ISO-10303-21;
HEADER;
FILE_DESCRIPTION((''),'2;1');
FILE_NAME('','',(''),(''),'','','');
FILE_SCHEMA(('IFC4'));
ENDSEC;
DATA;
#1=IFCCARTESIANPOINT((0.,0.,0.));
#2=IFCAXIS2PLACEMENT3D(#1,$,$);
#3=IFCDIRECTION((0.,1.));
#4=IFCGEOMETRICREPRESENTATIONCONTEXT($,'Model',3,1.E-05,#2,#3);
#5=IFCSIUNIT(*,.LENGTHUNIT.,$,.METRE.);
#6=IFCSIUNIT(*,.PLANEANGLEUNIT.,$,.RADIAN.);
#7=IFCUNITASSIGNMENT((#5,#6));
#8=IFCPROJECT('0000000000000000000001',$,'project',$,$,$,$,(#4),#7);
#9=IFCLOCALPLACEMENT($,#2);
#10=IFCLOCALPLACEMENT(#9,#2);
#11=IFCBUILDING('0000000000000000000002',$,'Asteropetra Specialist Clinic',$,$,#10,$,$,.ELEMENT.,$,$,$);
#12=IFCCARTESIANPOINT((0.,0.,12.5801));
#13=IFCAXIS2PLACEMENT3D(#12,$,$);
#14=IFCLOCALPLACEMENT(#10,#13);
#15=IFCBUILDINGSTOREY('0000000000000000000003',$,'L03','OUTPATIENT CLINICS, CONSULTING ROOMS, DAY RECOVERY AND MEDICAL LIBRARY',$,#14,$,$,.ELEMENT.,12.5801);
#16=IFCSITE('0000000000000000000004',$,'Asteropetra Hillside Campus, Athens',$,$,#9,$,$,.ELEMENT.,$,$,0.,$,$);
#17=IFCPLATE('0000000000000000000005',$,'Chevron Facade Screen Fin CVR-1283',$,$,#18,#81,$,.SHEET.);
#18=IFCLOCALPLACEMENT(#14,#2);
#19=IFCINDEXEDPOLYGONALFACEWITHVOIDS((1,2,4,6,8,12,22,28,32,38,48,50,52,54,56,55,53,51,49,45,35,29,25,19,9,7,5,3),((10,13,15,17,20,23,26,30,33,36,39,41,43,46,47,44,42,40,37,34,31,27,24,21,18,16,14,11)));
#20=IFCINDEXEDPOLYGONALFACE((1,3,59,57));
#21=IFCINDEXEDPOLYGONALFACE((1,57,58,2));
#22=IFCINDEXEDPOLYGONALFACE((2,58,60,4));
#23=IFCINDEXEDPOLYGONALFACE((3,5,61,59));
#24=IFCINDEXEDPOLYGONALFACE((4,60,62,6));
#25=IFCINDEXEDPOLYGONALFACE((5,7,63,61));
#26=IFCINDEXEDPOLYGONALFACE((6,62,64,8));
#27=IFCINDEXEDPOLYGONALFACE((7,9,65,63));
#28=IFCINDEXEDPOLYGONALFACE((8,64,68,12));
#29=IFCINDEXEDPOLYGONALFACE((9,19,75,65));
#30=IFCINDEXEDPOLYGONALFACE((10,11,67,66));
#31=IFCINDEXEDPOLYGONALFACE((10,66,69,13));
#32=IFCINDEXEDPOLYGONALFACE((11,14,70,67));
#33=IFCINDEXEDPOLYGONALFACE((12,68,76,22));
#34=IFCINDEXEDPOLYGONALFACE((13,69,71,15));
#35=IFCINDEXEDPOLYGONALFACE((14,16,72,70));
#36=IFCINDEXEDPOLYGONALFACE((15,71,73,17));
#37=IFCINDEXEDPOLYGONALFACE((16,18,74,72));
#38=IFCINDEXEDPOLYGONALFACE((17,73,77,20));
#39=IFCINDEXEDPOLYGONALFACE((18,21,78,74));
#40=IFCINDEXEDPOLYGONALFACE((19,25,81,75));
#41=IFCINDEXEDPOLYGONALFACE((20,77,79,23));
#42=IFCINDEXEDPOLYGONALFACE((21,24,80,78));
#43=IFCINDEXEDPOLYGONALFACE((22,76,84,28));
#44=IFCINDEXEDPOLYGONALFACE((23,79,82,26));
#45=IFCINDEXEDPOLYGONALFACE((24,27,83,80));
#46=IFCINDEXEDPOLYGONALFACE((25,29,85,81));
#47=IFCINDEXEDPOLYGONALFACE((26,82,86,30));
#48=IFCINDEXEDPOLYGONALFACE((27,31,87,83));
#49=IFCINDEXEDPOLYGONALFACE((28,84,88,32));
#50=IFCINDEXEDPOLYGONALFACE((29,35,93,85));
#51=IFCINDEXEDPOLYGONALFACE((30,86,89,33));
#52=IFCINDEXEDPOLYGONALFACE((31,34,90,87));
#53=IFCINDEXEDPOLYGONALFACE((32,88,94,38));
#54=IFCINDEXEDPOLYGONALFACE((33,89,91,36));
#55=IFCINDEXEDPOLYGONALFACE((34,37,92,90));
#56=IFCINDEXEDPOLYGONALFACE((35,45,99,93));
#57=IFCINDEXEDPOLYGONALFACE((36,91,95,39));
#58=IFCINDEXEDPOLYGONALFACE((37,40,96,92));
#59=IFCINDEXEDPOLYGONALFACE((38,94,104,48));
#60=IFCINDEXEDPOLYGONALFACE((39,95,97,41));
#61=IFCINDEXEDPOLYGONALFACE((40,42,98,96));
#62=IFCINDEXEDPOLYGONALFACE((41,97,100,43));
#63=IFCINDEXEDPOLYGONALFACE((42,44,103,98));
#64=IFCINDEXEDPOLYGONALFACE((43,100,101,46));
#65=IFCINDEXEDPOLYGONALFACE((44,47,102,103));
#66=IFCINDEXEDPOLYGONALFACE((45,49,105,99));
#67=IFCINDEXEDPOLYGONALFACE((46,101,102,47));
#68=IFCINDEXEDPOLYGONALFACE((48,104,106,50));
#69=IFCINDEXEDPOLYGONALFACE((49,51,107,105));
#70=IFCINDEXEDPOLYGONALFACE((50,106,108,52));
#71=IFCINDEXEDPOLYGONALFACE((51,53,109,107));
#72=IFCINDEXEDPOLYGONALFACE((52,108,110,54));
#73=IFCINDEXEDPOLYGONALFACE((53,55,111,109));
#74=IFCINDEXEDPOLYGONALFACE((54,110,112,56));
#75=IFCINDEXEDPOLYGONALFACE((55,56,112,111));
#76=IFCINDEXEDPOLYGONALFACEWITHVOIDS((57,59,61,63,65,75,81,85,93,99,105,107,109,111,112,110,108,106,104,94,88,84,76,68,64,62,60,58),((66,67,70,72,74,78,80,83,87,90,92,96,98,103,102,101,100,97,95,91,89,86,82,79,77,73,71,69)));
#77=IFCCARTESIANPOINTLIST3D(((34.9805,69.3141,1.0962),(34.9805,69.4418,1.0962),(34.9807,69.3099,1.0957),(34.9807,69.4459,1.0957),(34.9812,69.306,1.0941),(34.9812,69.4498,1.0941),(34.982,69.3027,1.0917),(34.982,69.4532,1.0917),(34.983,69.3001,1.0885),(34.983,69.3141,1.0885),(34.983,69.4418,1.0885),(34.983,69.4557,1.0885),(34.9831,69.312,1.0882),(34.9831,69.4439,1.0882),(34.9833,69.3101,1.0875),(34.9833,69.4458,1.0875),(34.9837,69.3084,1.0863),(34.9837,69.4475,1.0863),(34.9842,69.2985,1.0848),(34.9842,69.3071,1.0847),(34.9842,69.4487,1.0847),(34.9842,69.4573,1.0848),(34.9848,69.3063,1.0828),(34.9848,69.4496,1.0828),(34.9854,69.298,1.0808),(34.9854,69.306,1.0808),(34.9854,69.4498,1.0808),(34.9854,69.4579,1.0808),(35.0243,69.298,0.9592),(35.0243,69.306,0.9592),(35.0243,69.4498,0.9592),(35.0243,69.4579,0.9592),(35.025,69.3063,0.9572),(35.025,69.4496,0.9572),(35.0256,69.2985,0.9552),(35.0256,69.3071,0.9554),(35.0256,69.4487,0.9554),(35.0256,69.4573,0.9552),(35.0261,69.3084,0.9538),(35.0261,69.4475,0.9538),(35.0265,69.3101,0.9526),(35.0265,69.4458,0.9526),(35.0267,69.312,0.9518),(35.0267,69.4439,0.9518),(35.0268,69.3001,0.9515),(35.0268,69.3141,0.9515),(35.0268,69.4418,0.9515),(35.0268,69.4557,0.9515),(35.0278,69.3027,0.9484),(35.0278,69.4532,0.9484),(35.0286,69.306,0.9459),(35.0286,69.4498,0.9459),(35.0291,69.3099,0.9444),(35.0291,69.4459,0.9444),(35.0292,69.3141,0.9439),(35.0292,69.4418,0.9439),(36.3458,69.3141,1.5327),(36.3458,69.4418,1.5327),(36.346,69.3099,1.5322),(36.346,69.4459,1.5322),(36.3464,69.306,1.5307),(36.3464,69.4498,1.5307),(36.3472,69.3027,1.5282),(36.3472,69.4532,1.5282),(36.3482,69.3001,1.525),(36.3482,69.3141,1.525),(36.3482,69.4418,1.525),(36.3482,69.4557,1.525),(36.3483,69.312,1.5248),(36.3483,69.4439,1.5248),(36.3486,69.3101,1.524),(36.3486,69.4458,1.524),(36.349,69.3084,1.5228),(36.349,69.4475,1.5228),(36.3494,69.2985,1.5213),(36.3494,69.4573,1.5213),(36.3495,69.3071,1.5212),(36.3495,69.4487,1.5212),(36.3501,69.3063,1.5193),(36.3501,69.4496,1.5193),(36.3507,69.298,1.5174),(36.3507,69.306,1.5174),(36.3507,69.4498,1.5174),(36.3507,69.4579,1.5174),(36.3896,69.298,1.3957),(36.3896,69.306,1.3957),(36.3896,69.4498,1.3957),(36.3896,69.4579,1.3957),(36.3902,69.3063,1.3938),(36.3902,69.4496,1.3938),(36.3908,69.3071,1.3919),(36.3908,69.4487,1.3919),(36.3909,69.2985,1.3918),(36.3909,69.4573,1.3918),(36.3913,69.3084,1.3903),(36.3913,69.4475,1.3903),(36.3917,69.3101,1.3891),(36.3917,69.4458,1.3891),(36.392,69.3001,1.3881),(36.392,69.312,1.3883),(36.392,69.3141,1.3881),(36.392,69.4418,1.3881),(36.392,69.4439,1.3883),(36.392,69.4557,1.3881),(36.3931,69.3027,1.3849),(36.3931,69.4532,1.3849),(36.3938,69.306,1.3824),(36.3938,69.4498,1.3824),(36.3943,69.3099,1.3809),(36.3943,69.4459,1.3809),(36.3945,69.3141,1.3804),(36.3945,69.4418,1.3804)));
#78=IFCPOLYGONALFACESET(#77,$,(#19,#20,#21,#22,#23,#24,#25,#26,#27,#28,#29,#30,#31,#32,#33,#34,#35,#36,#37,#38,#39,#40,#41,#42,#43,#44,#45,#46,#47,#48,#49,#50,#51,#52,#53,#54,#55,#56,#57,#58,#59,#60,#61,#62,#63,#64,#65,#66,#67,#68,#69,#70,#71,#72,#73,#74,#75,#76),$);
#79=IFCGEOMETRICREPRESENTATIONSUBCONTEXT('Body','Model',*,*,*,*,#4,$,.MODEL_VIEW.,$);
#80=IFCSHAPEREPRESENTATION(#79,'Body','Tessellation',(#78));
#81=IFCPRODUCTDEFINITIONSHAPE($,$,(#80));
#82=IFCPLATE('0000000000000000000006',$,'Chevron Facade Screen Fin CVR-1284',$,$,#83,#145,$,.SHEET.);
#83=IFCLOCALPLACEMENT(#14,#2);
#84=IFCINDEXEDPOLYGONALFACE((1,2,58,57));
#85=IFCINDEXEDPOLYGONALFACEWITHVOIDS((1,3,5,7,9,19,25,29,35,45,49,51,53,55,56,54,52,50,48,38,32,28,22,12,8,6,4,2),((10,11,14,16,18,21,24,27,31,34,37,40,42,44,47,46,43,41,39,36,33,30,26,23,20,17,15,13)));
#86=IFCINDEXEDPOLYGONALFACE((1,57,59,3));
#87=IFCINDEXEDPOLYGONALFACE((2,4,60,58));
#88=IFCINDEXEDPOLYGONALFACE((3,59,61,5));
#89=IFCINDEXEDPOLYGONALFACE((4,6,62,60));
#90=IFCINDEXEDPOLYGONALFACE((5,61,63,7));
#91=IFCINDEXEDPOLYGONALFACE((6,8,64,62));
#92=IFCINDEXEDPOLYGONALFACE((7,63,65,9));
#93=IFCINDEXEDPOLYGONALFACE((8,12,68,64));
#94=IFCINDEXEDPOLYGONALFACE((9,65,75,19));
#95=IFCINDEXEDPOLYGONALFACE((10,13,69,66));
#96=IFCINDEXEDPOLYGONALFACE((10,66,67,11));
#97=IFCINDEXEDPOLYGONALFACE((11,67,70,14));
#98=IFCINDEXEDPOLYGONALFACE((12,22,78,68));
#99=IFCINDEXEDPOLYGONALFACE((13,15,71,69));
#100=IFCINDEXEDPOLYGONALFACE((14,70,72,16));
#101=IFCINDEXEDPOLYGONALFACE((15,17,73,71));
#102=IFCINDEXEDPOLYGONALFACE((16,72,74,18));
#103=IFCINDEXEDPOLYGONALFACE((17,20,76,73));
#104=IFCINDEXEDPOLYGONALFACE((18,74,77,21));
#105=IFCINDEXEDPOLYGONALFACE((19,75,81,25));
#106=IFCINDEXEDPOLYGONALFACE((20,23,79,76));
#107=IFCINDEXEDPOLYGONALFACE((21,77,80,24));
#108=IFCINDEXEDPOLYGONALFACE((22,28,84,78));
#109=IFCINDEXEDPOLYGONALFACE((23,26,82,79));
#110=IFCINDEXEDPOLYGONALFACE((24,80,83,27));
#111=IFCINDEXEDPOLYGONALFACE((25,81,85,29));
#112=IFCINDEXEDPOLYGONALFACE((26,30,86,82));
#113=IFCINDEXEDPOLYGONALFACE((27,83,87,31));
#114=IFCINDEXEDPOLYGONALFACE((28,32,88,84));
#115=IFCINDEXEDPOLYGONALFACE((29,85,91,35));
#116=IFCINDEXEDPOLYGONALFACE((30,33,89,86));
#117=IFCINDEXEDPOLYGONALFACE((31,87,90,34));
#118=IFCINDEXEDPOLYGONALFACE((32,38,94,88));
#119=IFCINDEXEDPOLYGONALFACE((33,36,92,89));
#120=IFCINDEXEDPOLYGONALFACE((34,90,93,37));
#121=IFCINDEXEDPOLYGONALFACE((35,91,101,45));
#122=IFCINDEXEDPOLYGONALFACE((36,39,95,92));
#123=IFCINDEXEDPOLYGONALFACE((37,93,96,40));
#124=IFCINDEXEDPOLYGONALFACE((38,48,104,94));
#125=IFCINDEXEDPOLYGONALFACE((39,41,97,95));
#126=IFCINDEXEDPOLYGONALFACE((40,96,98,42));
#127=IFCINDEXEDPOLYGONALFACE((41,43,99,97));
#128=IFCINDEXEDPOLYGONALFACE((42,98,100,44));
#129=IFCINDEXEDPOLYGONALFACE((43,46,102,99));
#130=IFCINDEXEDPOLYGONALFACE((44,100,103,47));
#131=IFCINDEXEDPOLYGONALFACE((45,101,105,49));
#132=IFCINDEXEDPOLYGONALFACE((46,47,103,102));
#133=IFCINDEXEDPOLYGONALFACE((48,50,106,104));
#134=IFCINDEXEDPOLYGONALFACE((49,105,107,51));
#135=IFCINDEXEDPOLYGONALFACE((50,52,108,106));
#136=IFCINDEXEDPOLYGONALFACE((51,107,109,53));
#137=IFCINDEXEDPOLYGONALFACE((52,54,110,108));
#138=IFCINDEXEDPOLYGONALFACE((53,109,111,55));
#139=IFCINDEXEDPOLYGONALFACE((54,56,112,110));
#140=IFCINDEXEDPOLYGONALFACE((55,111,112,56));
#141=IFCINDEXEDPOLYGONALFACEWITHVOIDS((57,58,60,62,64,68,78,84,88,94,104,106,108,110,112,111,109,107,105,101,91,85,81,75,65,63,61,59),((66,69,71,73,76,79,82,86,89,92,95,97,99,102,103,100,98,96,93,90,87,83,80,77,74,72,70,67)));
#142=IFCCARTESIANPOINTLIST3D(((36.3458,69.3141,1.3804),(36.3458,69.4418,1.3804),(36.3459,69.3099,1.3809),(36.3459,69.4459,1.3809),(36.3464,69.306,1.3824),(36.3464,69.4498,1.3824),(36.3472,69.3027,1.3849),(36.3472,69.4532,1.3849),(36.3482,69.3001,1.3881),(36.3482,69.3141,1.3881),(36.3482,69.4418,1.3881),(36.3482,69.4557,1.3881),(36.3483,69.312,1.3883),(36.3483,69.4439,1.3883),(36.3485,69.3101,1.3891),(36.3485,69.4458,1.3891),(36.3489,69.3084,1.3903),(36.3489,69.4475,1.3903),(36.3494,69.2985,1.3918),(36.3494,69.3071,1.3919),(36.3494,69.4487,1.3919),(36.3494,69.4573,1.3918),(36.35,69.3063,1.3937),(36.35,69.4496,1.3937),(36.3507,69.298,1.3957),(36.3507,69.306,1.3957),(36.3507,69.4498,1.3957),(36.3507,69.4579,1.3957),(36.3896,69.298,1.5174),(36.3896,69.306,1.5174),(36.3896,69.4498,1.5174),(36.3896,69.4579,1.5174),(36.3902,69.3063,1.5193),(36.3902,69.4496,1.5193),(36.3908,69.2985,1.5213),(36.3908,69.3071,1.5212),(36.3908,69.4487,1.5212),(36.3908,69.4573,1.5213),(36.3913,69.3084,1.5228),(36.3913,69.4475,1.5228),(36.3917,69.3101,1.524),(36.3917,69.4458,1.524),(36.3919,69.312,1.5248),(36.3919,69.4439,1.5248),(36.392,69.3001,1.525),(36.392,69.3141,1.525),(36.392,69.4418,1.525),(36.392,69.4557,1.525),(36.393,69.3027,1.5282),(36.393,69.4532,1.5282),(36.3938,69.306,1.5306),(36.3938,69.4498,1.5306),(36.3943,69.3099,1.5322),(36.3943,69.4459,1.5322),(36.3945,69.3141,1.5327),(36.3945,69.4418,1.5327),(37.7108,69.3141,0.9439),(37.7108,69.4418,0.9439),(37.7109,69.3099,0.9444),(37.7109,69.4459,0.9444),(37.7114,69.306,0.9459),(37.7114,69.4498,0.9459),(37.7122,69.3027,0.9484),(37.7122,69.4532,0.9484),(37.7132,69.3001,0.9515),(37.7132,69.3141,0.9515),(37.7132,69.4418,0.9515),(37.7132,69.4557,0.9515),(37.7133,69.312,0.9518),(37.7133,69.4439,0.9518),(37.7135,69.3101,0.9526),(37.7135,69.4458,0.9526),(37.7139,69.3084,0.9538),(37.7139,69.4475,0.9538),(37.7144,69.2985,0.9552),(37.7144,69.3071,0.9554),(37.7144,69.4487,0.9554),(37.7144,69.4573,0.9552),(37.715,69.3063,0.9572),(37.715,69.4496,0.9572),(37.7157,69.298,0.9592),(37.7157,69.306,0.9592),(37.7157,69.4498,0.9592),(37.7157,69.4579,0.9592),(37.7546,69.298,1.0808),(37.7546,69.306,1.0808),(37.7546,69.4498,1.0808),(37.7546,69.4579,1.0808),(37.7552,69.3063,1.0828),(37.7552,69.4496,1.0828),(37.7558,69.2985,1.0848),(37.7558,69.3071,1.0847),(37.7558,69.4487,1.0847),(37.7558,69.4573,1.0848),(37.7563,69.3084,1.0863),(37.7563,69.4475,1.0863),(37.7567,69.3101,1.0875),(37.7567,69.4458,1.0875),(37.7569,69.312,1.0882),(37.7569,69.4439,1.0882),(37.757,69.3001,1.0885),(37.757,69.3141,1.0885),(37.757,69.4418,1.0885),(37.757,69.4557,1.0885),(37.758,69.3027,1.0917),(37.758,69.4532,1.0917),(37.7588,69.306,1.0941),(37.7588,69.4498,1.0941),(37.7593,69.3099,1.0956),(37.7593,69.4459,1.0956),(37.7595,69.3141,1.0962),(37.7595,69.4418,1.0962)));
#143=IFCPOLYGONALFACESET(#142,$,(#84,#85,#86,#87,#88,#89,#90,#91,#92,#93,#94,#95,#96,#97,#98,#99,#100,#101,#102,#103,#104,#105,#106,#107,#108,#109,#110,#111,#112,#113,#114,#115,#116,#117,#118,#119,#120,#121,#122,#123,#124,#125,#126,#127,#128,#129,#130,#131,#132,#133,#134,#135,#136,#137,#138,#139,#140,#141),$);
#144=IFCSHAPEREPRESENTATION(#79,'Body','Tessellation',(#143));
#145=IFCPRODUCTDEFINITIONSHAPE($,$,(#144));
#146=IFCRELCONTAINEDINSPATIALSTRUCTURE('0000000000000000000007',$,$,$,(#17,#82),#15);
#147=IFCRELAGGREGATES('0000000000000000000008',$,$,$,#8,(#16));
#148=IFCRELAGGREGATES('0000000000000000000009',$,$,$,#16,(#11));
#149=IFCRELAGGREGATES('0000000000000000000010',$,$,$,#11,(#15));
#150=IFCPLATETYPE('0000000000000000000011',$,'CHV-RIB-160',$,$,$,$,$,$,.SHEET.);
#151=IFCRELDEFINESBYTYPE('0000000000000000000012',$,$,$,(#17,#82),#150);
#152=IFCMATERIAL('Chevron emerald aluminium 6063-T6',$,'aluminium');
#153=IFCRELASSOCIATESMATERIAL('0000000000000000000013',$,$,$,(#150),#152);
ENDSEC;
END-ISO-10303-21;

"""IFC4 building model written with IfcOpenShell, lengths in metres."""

from ifc_helpers import new_model, si_unit, direction, frame, origin, origin_2d, place, context, subcontext, project, spatial, hollow_rectangle, extrude, material, material_profile, profile_set, type_object, element, save


model = new_model("IFC4")

# Units and contexts
model_context = context("Model", 3, precision=1e-05, world=origin(), true_north=direction((0.0, 1.0)))
body_context = subcontext(model_context, "Body", "Model", "MODEL_VIEW")
ifc_project = project(units=[si_unit("LENGTHUNIT", "METRE"), si_unit("PLANEANGLEUNIT", "RADIAN")], contexts=[model_context])

# Site, building, storey
site_placement = place(None, origin())
site = spatial("IfcSite", under=ifc_project, at=site_placement, Name="Asteropetra Hillside Campus, Athens", CompositionType="ELEMENT", RefElevation=0.0)
building_placement = place(site_placement, origin())
building = spatial("IfcBuilding", under=site, at=building_placement, Name="Asteropetra Specialist Clinic", CompositionType="ELEMENT")
storey_placement = place(building_placement, frame((0.0, 0.0, 12.5801)))
storey = spatial("IfcBuildingStorey", under=building, at=storey_placement, Name="L03", Description="OUTPATIENT CLINICS, CONSULTING ROOMS, DAY RECOVERY AND MEDICAL LIBRARY", CompositionType="ELEMENT", Elevation=12.5801)

# Plates
ifc_material_1 = material(Name="Chevron emerald aluminium 6063-T6", Category="aluminium")
ifc_material_profile_1 = material_profile(ifc_material_1, hollow_rectangle(XDim=0.1599, YDim=0.1599, WallThickness=0.0081, InnerFilletRadius=0.0081, OuterFilletRadius=0.0161, at=origin_2d()), Name="SHS 160x160x8.0")
ifc_profile_set_1 = profile_set([ifc_material_profile_1], Name="Chevron emerald aluminium 6063-T6")
plate_type_1 = type_object("IfcPlateType", Name="CHV-RIB-160", PredefinedType="SHEET", material=ifc_profile_set_1)
plate_1_placement = place(storey_placement, frame((35.0049, 69.3779, 1.02), z_axis=(0.952495, 0.0, 0.304553), x_axis=(0.0, 1.0, 0.0)))
element("IfcPlate", 1, at=plate_1_placement, inside=storey, type_object=plate_type_1, Name="Chevron Facade Screen Fin CVR-1283", PredefinedType="SHEET", context=body_context, shape_type="SweptSolid", body=[
    extrude(hollow_rectangle(XDim=0.1599, YDim=0.1599, WallThickness=0.0081, InnerFilletRadius=0.0081, OuterFilletRadius=0.0161, at=origin_2d()), origin(), (0.0, 0.0, 1.0), 1.4333),
])
plate_2_placement = place(storey_placement, frame((36.3701, 69.3779, 1.4565), z_axis=(0.95248, 0.0, -0.304603), x_axis=(0.0, 1.0, 0.0)))
element("IfcPlate", 2, at=plate_2_placement, inside=storey, type_object=plate_type_1, Name="Chevron Facade Screen Fin CVR-1284", PredefinedType="SHEET", context=body_context, shape_type="SweptSolid", body=[
    extrude(hollow_rectangle(XDim=0.1599, YDim=0.1599, WallThickness=0.0081, InnerFilletRadius=0.0081, OuterFilletRadius=0.0161, at=origin_2d()), origin(), (0.0, 0.0, 1.0), 1.4331),
])

save(model, "model.ifc")
